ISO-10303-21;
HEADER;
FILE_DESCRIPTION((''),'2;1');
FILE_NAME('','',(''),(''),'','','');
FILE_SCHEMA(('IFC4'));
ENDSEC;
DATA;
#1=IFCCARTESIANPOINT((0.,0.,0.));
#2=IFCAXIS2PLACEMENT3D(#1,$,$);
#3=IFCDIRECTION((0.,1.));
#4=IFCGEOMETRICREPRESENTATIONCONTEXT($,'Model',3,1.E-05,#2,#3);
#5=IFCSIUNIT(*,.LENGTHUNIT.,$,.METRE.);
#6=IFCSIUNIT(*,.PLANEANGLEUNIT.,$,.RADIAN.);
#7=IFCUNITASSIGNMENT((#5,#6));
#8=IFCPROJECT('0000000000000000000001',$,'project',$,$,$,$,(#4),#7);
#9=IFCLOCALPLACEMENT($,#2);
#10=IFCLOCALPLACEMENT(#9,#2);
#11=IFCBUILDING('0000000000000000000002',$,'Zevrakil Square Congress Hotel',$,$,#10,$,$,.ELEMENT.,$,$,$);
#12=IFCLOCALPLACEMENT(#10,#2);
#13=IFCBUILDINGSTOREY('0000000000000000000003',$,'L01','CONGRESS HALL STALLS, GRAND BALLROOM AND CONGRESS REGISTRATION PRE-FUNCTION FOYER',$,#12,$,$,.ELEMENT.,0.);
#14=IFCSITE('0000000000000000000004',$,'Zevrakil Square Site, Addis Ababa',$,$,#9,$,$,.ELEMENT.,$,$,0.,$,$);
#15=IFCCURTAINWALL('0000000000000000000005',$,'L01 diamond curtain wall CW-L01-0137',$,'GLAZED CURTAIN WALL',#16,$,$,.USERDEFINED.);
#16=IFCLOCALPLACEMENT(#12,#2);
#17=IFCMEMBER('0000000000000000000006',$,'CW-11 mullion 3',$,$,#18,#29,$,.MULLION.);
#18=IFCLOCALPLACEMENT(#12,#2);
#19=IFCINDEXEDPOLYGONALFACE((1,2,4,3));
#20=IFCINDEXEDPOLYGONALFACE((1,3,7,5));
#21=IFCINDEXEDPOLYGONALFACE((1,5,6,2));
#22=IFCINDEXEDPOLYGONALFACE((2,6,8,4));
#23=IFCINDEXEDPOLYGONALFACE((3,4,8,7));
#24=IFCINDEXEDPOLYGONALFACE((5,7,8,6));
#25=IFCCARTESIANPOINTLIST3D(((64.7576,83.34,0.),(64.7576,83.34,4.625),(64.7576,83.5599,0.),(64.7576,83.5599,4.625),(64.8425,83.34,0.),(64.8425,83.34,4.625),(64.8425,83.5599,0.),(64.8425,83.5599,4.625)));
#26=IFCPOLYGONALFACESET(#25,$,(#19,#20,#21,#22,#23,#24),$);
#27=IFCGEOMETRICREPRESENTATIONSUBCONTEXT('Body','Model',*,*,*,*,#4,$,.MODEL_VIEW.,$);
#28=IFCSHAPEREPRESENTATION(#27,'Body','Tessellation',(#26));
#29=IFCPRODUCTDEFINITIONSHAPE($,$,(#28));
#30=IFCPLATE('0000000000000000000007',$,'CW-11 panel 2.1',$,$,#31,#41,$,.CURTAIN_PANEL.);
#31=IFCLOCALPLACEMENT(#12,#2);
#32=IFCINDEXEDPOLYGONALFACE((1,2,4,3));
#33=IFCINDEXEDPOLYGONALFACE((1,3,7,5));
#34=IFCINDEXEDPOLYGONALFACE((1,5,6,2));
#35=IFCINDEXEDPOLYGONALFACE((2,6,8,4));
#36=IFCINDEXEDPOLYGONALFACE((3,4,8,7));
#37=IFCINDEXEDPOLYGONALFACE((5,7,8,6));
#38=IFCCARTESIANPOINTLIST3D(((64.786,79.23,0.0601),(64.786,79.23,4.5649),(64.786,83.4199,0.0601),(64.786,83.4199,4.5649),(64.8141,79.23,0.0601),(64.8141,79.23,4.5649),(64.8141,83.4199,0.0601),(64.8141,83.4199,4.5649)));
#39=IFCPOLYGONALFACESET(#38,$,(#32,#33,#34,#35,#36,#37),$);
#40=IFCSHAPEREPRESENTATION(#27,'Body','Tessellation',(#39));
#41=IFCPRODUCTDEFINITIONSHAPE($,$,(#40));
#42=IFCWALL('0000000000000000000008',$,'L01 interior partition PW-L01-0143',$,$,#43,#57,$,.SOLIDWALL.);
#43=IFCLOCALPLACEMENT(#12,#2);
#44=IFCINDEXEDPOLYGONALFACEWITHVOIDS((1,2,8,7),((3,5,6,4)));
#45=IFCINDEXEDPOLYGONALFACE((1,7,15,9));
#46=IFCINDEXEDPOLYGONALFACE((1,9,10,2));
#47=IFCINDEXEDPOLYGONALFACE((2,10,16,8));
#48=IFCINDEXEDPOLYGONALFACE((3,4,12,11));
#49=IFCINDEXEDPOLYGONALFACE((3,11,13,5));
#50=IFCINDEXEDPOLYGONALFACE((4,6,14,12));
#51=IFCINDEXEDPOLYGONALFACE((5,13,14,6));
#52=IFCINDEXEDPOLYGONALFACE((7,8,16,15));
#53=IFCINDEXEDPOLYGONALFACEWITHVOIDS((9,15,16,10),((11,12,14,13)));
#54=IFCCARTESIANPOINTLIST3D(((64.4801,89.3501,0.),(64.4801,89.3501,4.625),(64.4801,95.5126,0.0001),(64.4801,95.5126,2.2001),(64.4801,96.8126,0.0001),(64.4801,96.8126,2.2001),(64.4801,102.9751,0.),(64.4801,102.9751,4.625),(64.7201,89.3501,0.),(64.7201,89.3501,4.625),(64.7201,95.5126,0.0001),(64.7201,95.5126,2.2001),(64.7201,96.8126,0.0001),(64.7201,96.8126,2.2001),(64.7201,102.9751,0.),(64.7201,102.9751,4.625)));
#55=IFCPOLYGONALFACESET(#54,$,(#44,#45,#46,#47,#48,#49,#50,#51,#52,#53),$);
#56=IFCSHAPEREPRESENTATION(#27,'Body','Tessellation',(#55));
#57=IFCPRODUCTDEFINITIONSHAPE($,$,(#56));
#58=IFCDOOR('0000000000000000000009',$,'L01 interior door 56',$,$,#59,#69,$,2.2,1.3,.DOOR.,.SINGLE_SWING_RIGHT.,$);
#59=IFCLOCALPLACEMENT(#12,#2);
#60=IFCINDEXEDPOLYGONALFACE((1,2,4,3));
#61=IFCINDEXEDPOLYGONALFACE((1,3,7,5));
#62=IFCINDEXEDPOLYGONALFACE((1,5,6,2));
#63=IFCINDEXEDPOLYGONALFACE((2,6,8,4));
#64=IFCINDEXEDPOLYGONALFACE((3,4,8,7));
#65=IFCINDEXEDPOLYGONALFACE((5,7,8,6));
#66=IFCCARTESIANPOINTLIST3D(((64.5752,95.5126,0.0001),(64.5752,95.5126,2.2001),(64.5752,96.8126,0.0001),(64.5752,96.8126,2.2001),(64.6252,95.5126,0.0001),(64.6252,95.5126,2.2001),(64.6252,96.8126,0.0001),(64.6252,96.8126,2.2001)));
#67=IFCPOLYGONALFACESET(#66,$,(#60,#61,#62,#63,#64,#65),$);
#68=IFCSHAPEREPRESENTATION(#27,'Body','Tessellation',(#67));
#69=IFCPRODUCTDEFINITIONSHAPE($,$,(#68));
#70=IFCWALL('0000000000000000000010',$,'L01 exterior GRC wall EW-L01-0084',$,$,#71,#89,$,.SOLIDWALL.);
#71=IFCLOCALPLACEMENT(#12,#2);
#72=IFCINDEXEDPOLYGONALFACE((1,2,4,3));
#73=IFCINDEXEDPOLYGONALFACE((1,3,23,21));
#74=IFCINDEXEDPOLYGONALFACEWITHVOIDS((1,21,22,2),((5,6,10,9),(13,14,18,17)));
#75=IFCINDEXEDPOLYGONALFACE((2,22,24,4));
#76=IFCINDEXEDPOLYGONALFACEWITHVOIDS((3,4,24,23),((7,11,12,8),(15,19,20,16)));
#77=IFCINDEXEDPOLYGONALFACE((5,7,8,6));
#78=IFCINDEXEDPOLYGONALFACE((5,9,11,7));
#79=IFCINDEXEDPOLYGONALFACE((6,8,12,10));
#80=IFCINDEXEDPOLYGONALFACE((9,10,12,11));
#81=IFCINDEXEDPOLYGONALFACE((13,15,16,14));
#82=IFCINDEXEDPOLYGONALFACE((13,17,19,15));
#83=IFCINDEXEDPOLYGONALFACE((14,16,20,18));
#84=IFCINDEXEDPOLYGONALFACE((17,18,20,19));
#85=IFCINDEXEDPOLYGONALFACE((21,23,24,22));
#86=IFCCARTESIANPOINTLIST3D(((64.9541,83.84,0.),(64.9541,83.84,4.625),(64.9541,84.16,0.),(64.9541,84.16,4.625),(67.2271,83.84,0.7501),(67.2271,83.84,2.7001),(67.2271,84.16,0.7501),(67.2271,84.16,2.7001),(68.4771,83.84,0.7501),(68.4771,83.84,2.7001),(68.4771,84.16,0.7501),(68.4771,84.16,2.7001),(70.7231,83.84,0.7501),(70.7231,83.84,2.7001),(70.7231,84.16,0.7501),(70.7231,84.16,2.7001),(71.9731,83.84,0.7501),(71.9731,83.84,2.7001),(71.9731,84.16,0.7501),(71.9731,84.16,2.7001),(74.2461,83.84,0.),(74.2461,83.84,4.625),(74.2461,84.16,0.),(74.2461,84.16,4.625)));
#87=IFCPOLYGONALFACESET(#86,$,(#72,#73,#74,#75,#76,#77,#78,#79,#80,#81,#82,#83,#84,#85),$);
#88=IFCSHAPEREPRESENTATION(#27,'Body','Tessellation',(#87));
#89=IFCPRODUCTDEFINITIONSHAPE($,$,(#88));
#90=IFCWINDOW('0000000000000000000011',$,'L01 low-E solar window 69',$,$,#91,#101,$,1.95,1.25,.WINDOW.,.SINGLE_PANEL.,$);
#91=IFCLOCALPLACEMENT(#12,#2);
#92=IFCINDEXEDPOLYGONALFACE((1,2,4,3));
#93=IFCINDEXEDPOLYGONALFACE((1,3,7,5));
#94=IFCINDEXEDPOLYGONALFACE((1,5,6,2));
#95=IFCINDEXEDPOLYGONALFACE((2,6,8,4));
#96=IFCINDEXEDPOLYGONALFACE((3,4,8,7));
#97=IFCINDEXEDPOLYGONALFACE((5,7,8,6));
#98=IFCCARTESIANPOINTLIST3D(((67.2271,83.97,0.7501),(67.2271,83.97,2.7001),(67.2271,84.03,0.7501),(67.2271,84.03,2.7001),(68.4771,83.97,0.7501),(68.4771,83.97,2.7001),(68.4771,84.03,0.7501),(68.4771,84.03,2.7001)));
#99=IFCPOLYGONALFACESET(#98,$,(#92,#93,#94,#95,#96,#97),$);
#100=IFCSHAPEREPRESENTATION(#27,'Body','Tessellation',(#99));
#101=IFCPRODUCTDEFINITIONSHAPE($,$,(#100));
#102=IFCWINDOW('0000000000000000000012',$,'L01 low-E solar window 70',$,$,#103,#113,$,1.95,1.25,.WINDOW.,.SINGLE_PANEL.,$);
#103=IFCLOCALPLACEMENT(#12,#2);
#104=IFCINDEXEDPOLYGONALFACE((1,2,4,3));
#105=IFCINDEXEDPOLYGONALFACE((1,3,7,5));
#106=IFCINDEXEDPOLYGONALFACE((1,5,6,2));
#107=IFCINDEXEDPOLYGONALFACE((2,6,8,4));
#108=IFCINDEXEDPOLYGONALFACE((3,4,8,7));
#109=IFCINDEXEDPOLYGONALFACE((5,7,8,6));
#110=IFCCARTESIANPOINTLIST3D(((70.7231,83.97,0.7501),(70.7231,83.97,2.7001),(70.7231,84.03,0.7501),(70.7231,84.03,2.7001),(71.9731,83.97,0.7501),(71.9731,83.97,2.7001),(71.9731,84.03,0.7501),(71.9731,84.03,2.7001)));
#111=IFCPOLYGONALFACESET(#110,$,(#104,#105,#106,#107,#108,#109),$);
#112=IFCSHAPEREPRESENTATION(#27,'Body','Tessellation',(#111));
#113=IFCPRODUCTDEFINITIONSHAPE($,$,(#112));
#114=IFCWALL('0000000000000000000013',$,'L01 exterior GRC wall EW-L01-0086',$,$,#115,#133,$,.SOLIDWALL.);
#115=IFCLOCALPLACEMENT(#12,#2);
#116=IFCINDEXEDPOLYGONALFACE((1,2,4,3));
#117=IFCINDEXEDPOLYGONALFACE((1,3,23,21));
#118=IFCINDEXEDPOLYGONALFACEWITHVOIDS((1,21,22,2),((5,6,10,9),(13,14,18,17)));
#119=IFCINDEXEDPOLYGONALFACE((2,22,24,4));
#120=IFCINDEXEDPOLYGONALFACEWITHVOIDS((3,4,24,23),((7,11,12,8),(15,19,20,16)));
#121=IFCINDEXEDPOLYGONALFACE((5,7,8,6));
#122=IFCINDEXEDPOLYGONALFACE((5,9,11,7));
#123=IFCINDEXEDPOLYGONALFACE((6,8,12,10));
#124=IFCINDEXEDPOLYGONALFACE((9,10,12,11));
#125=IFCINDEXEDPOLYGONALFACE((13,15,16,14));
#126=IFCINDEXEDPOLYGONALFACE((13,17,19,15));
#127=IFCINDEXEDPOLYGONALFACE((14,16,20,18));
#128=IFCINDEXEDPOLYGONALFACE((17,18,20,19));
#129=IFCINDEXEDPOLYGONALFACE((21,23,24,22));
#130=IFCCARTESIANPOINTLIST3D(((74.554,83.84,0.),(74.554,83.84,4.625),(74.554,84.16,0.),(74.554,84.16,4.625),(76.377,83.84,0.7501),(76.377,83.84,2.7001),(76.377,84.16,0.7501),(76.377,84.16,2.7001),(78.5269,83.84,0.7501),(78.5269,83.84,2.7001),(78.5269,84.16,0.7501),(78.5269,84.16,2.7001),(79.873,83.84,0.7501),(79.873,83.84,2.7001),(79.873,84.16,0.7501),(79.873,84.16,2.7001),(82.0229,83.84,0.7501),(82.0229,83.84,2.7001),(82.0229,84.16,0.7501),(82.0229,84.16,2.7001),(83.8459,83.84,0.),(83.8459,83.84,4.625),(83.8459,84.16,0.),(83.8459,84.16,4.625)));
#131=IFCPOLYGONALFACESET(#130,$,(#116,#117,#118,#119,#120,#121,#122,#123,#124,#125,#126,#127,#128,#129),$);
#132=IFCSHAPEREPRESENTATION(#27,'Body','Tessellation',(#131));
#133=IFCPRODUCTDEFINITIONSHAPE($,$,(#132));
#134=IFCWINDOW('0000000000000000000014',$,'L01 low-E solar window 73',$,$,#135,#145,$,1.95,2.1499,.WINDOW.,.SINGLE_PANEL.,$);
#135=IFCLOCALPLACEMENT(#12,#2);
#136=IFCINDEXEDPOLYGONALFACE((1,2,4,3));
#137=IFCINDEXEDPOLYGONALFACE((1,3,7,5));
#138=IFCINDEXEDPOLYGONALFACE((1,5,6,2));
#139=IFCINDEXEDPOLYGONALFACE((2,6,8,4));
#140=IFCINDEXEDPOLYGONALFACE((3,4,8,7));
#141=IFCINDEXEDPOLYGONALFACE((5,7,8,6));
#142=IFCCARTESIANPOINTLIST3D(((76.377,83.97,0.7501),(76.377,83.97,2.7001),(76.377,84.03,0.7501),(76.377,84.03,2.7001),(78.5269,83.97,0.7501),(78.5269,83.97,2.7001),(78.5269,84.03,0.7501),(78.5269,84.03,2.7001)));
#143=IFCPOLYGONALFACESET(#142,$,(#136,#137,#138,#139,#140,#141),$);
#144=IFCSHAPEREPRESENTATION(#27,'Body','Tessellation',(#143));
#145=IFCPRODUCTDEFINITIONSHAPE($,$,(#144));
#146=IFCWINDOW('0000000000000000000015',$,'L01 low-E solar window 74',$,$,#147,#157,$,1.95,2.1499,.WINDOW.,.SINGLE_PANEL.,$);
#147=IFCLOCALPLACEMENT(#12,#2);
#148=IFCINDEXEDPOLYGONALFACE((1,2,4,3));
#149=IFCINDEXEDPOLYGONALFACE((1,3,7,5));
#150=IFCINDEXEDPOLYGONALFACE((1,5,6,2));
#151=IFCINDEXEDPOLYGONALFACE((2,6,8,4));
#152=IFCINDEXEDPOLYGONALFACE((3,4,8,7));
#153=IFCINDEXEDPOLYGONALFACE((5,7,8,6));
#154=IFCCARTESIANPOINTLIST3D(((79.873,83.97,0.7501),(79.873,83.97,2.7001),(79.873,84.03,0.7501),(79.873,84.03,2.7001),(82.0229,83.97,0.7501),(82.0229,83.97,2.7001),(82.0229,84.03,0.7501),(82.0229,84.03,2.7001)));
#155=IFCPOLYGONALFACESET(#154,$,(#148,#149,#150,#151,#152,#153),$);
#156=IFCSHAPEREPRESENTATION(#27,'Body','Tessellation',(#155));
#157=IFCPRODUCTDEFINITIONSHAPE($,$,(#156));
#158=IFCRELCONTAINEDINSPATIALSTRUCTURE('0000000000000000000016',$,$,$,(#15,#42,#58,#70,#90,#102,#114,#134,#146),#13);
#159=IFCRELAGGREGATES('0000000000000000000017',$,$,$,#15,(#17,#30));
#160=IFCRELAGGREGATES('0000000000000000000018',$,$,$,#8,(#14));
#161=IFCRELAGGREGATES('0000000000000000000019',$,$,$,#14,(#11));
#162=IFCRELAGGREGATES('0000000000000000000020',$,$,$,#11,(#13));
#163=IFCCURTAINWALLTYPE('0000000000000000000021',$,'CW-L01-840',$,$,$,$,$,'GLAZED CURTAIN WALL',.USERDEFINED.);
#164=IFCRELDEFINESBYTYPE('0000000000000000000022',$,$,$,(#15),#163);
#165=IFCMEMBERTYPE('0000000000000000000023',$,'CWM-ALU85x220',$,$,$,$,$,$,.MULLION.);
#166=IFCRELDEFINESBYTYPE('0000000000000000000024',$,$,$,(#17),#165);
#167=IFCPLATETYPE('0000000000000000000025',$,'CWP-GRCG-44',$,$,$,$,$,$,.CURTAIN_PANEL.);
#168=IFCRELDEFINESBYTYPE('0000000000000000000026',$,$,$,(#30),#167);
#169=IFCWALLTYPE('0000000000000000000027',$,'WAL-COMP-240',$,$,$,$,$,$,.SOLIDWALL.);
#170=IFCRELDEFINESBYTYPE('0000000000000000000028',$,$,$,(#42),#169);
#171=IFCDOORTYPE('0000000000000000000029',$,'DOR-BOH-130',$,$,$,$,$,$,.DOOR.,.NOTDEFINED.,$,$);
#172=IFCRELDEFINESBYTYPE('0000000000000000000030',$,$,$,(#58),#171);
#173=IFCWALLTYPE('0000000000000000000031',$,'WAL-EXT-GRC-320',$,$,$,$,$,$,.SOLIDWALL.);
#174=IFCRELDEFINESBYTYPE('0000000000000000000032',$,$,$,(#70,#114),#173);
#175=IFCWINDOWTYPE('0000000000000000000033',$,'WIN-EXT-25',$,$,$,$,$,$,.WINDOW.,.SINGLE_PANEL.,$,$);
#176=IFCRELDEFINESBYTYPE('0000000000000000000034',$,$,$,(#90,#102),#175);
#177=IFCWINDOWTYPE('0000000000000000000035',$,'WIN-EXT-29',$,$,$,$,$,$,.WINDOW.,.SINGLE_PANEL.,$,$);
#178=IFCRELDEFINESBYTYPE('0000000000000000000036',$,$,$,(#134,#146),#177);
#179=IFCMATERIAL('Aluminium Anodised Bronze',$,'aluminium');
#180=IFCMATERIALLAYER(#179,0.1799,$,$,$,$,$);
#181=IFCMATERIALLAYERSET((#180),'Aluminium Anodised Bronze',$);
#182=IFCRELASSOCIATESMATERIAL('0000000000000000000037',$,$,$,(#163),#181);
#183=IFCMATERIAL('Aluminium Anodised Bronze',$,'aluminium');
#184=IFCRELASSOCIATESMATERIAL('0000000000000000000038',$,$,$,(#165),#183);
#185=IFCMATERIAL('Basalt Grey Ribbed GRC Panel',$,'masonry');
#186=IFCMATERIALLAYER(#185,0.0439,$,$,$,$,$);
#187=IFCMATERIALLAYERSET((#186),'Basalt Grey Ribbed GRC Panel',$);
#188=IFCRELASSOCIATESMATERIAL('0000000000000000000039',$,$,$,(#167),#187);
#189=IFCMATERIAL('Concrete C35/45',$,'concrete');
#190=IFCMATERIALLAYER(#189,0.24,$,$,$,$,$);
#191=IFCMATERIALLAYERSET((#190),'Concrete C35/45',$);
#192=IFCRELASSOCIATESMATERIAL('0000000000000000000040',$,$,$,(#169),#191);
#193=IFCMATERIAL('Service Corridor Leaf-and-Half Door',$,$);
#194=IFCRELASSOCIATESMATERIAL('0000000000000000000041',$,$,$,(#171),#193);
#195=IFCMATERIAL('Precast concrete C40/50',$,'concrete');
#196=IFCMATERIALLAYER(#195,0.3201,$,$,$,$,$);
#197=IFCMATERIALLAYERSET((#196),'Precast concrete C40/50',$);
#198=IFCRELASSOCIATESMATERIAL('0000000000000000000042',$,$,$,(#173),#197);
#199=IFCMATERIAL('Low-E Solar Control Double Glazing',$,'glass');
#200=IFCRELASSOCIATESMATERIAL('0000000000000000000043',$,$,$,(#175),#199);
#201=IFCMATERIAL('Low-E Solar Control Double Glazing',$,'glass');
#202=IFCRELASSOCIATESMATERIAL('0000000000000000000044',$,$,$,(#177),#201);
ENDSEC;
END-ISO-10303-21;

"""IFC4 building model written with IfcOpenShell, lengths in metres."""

from ifc_helpers import new_model, si_unit, direction, frame, frame_2d, origin, origin_2d, place, context, subcontext, project, spatial, rectangle, extrude, material, layer, layer_set, material_profile, profile_set, type_object, element, fill, aggregate, save


model = new_model("IFC4")

# Units and contexts
model_context = context("Model", 3, precision=1e-05, world=origin(), true_north=direction((0.0, 1.0)))
body_context = subcontext(model_context, "Body", "Model", "MODEL_VIEW")
ifc_project = project(units=[si_unit("LENGTHUNIT", "METRE"), si_unit("PLANEANGLEUNIT", "RADIAN")], contexts=[model_context])

# Site, building, storey
site_placement = place(None, origin())
site = spatial("IfcSite", under=ifc_project, at=site_placement, Name="Zevrakil Square Site, Addis Ababa", CompositionType="ELEMENT", RefElevation=0.0)
building_placement = place(site_placement, origin())
building = spatial("IfcBuilding", under=site, at=building_placement, Name="Zevrakil Square Congress Hotel", CompositionType="ELEMENT")
storey_placement = place(building_placement, origin())
storey = spatial("IfcBuildingStorey", under=building, at=storey_placement, Name="L01", Description="CONGRESS HALL STALLS, GRAND BALLROOM AND CONGRESS REGISTRATION PRE-FUNCTION FOYER", CompositionType="ELEMENT", Elevation=0.0)

# Curtain wall, member, plate
ifc_material_1 = material(Name="Aluminium Anodised Bronze", Category="aluminium")
ifc_layer_1 = layer(ifc_material_1, 0.1799)
ifc_layer_set_1 = layer_set([ifc_layer_1], Name="Aluminium Anodised Bronze")
curtain_wall_type = type_object("IfcCurtainWallType", Name="CW-L01-840", ElementType="GLAZED CURTAIN WALL", PredefinedType="USERDEFINED", material=ifc_layer_set_1)
curtain_wall_placement = place(storey_placement, origin())
curtain_wall = element("IfcCurtainWall", 1, at=curtain_wall_placement, inside=storey, type_object=curtain_wall_type, Name="L01 diamond curtain wall CW-L01-0137", ObjectType="GLAZED CURTAIN WALL", PredefinedType="USERDEFINED")
ifc_material_2 = material(Name="Aluminium Anodised Bronze", Category="aluminium")
ifc_material_profile_1 = material_profile(ifc_material_2, rectangle(XDim=0.085, YDim=0.22, at=origin_2d()), Name="ALU 85x220")
ifc_profile_set_1 = profile_set([ifc_material_profile_1], Name="Aluminium Anodised Bronze")
member_type_1 = type_object("IfcMemberType", Name="CWM-ALU85x220", PredefinedType="MULLION", material=ifc_profile_set_1)
member_1_placement = place(storey_placement, frame((64.8, 83.45, 0.0), z_axis=(0.0, 0.0, 1.0), x_axis=(-1.0, 0.0, 0.0)))
member_1 = element("IfcMember", 2, at=member_1_placement, type_object=member_type_1, Name="CW-11 mullion 3", PredefinedType="MULLION", context=body_context, shape_type="SweptSolid", body=[
    extrude(rectangle(XDim=0.085, YDim=0.22, at=origin_2d()), origin(), (0.0, 0.0, 1.0), 4.625),
])
ifc_material_3 = material(Name="Basalt Grey Ribbed GRC Panel", Category="masonry")
ifc_layer_2 = layer(ifc_material_3, 0.0439)
ifc_layer_set_2 = layer_set([ifc_layer_2], Name="Basalt Grey Ribbed GRC Panel")
plate_type = type_object("IfcPlateType", Name="CWP-GRCG-44", PredefinedType="CURTAIN_PANEL", material=ifc_layer_set_2)
plate_placement = place(storey_placement, frame((64.8, 81.325, 0.0601), z_axis=(0.0, 0.0, 1.0), x_axis=(0.0, 1.0, 0.0)))
plate = element("IfcPlate", 3, at=plate_placement, type_object=plate_type, Name="CW-11 panel 2.1", PredefinedType="CURTAIN_PANEL", context=body_context, shape_type="SweptSolid", body=[
    extrude(rectangle(XDim=4.1899, YDim=0.0281, at=origin_2d()), origin(), (0.0, 0.0, 1.0), 4.5049),
])
aggregate(curtain_wall, [member_1, plate])

# Wall, opening, door
ifc_material_4 = material(Name="Concrete C35/45", Category="concrete")
ifc_layer_3 = layer(ifc_material_4, 0.24)
ifc_layer_set_3 = layer_set([ifc_layer_3], Name="Concrete C35/45")
wall_type_1 = type_object("IfcWallType", Name="WAL-COMP-240", PredefinedType="SOLIDWALL", material=ifc_layer_set_3)
wall_1_placement = place(storey_placement, frame((64.6001, 89.3501, 0.0), z_axis=(0.0, 0.0, 1.0), x_axis=(0.0, 1.0, 0.0)))
wall_1 = element("IfcWall", 4, at=wall_1_placement, inside=storey, type_object=wall_type_1, Name="L01 interior partition PW-L01-0143", PredefinedType="SOLIDWALL", context=body_context, shape_type="SweptSolid", body=[
    extrude(rectangle(XDim=13.625, YDim=0.24, at=frame_2d((6.8125, 0.0))), origin(), (0.0, 0.0, 1.0), 4.625),
])
opening_1_placement = place(wall_1_placement, frame((6.1626, 0.0, 0.0)))
opening_1 = element("IfcOpeningElement", 5, at=opening_1_placement, cuts=wall_1, PredefinedType="OPENING", context=body_context, shape_type="SweptSolid", body=[
    extrude(rectangle(XDim=1.3, YDim=2.2, at=frame_2d((0.6499, 1.1001))), frame((0.0, 0.1299, 0.0), z_axis=(0.0, -1.0, 0.0), x_axis=(1.0, 0.0, 0.0)), (0.0, 0.0, 1.0), 0.26),
])
ifc_material_5 = material(Name="Service Corridor Leaf-and-Half Door")
door_type = type_object("IfcDoorType", Name="DOR-BOH-130", OperationType="NOTDEFINED", PredefinedType="DOOR", material=ifc_material_5)
door_placement = place(opening_1_placement, origin())
door = element("IfcDoor", 6, at=door_placement, inside=storey, type_object=door_type, Name="L01 interior door 56", OperationType="SINGLE_SWING_RIGHT", OverallHeight=2.2, OverallWidth=1.3, PredefinedType="DOOR", context=body_context, shape_type="SweptSolid", body=[
    extrude(rectangle(XDim=1.3, YDim=2.2, at=frame_2d((0.6499, 1.1001))), frame((0.0, 0.0249, 0.0), z_axis=(0.0, -1.0, 0.0), x_axis=(1.0, 0.0, 0.0)), (0.0, 0.0, 1.0), 0.05),
])
fill(opening_1, door)

# Walls, openings, windows
ifc_material_6 = material(Name="Precast concrete C40/50", Category="concrete")
ifc_layer_4 = layer(ifc_material_6, 0.3201)
ifc_layer_set_4 = layer_set([ifc_layer_4], Name="Precast concrete C40/50")
wall_type_2 = type_object("IfcWallType", Name="WAL-EXT-GRC-320", PredefinedType="SOLIDWALL", material=ifc_layer_set_4)
wall_2_placement = place(storey_placement, frame((64.9541, 84.0, 0.0), z_axis=(0.0, 0.0, 1.0), x_axis=(1.0, 0.0, 0.0)))
wall_2 = element("IfcWall", 7, at=wall_2_placement, inside=storey, type_object=wall_type_2, Name="L01 exterior GRC wall EW-L01-0084", PredefinedType="SOLIDWALL", context=body_context, shape_type="SweptSolid", body=[
    extrude(rectangle(XDim=9.292, YDim=0.3201, at=frame_2d((4.646, 0.0))), origin(), (0.0, 0.0, 1.0), 4.625),
])
opening_2_placement = place(wall_2_placement, frame((2.2729, 0.0, 0.75)))
opening_2 = element("IfcOpeningElement", 8, at=opening_2_placement, cuts=wall_2, PredefinedType="OPENING", context=body_context, shape_type="SweptSolid", body=[
    extrude(rectangle(XDim=1.25, YDim=1.95, at=frame_2d((0.625, 0.9751))), frame((0.0, 0.1699, 0.0), z_axis=(0.0, -1.0, 0.0), x_axis=(1.0, 0.0, 0.0)), (0.0, 0.0, 1.0), 0.3401),
])
opening_3_placement = place(wall_2_placement, frame((5.769, 0.0, 0.75)))
opening_3 = element("IfcOpeningElement", 9, at=opening_3_placement, cuts=wall_2, PredefinedType="OPENING", context=body_context, shape_type="SweptSolid", body=[
    extrude(rectangle(XDim=1.25, YDim=1.95, at=frame_2d((0.625, 0.9751))), frame((0.0, 0.1699, 0.0), z_axis=(0.0, -1.0, 0.0), x_axis=(1.0, 0.0, 0.0)), (0.0, 0.0, 1.0), 0.3401),
])
ifc_material_7 = material(Name="Low-E Solar Control Double Glazing", Category="glass")
window_type_1 = type_object("IfcWindowType", Name="WIN-EXT-25", PartitioningType="SINGLE_PANEL", PredefinedType="WINDOW", material=ifc_material_7)
window_1_placement = place(opening_2_placement, origin())
window_1 = element("IfcWindow", 10, at=window_1_placement, inside=storey, type_object=window_type_1, Name="L01 low-E solar window 69", OverallHeight=1.95, OverallWidth=1.25, PartitioningType="SINGLE_PANEL", PredefinedType="WINDOW", context=body_context, shape_type="SweptSolid", body=[
    extrude(rectangle(XDim=1.25, YDim=1.95, at=frame_2d((0.625, 0.9751))), frame((0.0, 0.03, 0.0), z_axis=(0.0, -1.0, 0.0), x_axis=(1.0, 0.0, 0.0)), (0.0, 0.0, 1.0), 0.0601),
])
fill(opening_2, window_1)
window_2_placement = place(opening_3_placement, origin())
window_2 = element("IfcWindow", 11, at=window_2_placement, inside=storey, type_object=window_type_1, Name="L01 low-E solar window 70", OverallHeight=1.95, OverallWidth=1.25, PartitioningType="SINGLE_PANEL", PredefinedType="WINDOW", context=body_context, shape_type="SweptSolid", body=[
    extrude(rectangle(XDim=1.25, YDim=1.95, at=frame_2d((0.625, 0.9751))), frame((0.0, 0.03, 0.0), z_axis=(0.0, -1.0, 0.0), x_axis=(1.0, 0.0, 0.0)), (0.0, 0.0, 1.0), 0.0601),
])
fill(opening_3, window_2)
wall_3_placement = place(storey_placement, frame((74.554, 84.0, 0.0), z_axis=(0.0, 0.0, 1.0), x_axis=(1.0, 0.0, 0.0)))
wall_3 = element("IfcWall", 12, at=wall_3_placement, inside=storey, type_object=wall_type_2, Name="L01 exterior GRC wall EW-L01-0086", PredefinedType="SOLIDWALL", context=body_context, shape_type="SweptSolid", body=[
    extrude(rectangle(XDim=9.292, YDim=0.3201, at=frame_2d((4.646, 0.0))), origin(), (0.0, 0.0, 1.0), 4.625),
])
opening_4_placement = place(wall_3_placement, frame((1.823, 0.0, 0.75)))
opening_4 = element("IfcOpeningElement", 13, at=opening_4_placement, cuts=wall_3, PredefinedType="OPENING", context=body_context, shape_type="SweptSolid", body=[
    extrude(rectangle(XDim=2.1499, YDim=1.95, at=frame_2d((1.075, 0.9751))), frame((0.0, 0.1699, 0.0), z_axis=(0.0, -1.0, 0.0), x_axis=(1.0, 0.0, 0.0)), (0.0, 0.0, 1.0), 0.3401),
])
opening_5_placement = place(wall_3_placement, frame((5.3191, 0.0, 0.75)))
opening_5 = element("IfcOpeningElement", 14, at=opening_5_placement, cuts=wall_3, PredefinedType="OPENING", context=body_context, shape_type="SweptSolid", body=[
    extrude(rectangle(XDim=2.1499, YDim=1.95, at=frame_2d((1.075, 0.9751))), frame((0.0, 0.1699, 0.0), z_axis=(0.0, -1.0, 0.0), x_axis=(1.0, 0.0, 0.0)), (0.0, 0.0, 1.0), 0.3401),
])
ifc_material_8 = material(Name="Low-E Solar Control Double Glazing", Category="glass")
window_type_2 = type_object("IfcWindowType", Name="WIN-EXT-29", PartitioningType="SINGLE_PANEL", PredefinedType="WINDOW", material=ifc_material_8)
window_3_placement = place(opening_4_placement, origin())
window_3 = element("IfcWindow", 15, at=window_3_placement, inside=storey, type_object=window_type_2, Name="L01 low-E solar window 73", OverallHeight=1.95, OverallWidth=2.1499, PartitioningType="SINGLE_PANEL", PredefinedType="WINDOW", context=body_context, shape_type="SweptSolid", body=[
    extrude(rectangle(XDim=2.1499, YDim=1.95, at=frame_2d((1.075, 0.9751))), frame((0.0, 0.03, 0.0), z_axis=(0.0, -1.0, 0.0), x_axis=(1.0, 0.0, 0.0)), (0.0, 0.0, 1.0), 0.0601),
])
fill(opening_4, window_3)
window_4_placement = place(opening_5_placement, origin())
window_4 = element("IfcWindow", 16, at=window_4_placement, inside=storey, type_object=window_type_2, Name="L01 low-E solar window 74", OverallHeight=1.95, OverallWidth=2.1499, PartitioningType="SINGLE_PANEL", PredefinedType="WINDOW", context=body_context, shape_type="SweptSolid", body=[
    extrude(rectangle(XDim=2.1499, YDim=1.95, at=frame_2d((1.075, 0.9751))), frame((0.0, 0.03, 0.0), z_axis=(0.0, -1.0, 0.0), x_axis=(1.0, 0.0, 0.0)), (0.0, 0.0, 1.0), 0.0601),
])
fill(opening_5, window_4)

save(model, "model.ifc")
